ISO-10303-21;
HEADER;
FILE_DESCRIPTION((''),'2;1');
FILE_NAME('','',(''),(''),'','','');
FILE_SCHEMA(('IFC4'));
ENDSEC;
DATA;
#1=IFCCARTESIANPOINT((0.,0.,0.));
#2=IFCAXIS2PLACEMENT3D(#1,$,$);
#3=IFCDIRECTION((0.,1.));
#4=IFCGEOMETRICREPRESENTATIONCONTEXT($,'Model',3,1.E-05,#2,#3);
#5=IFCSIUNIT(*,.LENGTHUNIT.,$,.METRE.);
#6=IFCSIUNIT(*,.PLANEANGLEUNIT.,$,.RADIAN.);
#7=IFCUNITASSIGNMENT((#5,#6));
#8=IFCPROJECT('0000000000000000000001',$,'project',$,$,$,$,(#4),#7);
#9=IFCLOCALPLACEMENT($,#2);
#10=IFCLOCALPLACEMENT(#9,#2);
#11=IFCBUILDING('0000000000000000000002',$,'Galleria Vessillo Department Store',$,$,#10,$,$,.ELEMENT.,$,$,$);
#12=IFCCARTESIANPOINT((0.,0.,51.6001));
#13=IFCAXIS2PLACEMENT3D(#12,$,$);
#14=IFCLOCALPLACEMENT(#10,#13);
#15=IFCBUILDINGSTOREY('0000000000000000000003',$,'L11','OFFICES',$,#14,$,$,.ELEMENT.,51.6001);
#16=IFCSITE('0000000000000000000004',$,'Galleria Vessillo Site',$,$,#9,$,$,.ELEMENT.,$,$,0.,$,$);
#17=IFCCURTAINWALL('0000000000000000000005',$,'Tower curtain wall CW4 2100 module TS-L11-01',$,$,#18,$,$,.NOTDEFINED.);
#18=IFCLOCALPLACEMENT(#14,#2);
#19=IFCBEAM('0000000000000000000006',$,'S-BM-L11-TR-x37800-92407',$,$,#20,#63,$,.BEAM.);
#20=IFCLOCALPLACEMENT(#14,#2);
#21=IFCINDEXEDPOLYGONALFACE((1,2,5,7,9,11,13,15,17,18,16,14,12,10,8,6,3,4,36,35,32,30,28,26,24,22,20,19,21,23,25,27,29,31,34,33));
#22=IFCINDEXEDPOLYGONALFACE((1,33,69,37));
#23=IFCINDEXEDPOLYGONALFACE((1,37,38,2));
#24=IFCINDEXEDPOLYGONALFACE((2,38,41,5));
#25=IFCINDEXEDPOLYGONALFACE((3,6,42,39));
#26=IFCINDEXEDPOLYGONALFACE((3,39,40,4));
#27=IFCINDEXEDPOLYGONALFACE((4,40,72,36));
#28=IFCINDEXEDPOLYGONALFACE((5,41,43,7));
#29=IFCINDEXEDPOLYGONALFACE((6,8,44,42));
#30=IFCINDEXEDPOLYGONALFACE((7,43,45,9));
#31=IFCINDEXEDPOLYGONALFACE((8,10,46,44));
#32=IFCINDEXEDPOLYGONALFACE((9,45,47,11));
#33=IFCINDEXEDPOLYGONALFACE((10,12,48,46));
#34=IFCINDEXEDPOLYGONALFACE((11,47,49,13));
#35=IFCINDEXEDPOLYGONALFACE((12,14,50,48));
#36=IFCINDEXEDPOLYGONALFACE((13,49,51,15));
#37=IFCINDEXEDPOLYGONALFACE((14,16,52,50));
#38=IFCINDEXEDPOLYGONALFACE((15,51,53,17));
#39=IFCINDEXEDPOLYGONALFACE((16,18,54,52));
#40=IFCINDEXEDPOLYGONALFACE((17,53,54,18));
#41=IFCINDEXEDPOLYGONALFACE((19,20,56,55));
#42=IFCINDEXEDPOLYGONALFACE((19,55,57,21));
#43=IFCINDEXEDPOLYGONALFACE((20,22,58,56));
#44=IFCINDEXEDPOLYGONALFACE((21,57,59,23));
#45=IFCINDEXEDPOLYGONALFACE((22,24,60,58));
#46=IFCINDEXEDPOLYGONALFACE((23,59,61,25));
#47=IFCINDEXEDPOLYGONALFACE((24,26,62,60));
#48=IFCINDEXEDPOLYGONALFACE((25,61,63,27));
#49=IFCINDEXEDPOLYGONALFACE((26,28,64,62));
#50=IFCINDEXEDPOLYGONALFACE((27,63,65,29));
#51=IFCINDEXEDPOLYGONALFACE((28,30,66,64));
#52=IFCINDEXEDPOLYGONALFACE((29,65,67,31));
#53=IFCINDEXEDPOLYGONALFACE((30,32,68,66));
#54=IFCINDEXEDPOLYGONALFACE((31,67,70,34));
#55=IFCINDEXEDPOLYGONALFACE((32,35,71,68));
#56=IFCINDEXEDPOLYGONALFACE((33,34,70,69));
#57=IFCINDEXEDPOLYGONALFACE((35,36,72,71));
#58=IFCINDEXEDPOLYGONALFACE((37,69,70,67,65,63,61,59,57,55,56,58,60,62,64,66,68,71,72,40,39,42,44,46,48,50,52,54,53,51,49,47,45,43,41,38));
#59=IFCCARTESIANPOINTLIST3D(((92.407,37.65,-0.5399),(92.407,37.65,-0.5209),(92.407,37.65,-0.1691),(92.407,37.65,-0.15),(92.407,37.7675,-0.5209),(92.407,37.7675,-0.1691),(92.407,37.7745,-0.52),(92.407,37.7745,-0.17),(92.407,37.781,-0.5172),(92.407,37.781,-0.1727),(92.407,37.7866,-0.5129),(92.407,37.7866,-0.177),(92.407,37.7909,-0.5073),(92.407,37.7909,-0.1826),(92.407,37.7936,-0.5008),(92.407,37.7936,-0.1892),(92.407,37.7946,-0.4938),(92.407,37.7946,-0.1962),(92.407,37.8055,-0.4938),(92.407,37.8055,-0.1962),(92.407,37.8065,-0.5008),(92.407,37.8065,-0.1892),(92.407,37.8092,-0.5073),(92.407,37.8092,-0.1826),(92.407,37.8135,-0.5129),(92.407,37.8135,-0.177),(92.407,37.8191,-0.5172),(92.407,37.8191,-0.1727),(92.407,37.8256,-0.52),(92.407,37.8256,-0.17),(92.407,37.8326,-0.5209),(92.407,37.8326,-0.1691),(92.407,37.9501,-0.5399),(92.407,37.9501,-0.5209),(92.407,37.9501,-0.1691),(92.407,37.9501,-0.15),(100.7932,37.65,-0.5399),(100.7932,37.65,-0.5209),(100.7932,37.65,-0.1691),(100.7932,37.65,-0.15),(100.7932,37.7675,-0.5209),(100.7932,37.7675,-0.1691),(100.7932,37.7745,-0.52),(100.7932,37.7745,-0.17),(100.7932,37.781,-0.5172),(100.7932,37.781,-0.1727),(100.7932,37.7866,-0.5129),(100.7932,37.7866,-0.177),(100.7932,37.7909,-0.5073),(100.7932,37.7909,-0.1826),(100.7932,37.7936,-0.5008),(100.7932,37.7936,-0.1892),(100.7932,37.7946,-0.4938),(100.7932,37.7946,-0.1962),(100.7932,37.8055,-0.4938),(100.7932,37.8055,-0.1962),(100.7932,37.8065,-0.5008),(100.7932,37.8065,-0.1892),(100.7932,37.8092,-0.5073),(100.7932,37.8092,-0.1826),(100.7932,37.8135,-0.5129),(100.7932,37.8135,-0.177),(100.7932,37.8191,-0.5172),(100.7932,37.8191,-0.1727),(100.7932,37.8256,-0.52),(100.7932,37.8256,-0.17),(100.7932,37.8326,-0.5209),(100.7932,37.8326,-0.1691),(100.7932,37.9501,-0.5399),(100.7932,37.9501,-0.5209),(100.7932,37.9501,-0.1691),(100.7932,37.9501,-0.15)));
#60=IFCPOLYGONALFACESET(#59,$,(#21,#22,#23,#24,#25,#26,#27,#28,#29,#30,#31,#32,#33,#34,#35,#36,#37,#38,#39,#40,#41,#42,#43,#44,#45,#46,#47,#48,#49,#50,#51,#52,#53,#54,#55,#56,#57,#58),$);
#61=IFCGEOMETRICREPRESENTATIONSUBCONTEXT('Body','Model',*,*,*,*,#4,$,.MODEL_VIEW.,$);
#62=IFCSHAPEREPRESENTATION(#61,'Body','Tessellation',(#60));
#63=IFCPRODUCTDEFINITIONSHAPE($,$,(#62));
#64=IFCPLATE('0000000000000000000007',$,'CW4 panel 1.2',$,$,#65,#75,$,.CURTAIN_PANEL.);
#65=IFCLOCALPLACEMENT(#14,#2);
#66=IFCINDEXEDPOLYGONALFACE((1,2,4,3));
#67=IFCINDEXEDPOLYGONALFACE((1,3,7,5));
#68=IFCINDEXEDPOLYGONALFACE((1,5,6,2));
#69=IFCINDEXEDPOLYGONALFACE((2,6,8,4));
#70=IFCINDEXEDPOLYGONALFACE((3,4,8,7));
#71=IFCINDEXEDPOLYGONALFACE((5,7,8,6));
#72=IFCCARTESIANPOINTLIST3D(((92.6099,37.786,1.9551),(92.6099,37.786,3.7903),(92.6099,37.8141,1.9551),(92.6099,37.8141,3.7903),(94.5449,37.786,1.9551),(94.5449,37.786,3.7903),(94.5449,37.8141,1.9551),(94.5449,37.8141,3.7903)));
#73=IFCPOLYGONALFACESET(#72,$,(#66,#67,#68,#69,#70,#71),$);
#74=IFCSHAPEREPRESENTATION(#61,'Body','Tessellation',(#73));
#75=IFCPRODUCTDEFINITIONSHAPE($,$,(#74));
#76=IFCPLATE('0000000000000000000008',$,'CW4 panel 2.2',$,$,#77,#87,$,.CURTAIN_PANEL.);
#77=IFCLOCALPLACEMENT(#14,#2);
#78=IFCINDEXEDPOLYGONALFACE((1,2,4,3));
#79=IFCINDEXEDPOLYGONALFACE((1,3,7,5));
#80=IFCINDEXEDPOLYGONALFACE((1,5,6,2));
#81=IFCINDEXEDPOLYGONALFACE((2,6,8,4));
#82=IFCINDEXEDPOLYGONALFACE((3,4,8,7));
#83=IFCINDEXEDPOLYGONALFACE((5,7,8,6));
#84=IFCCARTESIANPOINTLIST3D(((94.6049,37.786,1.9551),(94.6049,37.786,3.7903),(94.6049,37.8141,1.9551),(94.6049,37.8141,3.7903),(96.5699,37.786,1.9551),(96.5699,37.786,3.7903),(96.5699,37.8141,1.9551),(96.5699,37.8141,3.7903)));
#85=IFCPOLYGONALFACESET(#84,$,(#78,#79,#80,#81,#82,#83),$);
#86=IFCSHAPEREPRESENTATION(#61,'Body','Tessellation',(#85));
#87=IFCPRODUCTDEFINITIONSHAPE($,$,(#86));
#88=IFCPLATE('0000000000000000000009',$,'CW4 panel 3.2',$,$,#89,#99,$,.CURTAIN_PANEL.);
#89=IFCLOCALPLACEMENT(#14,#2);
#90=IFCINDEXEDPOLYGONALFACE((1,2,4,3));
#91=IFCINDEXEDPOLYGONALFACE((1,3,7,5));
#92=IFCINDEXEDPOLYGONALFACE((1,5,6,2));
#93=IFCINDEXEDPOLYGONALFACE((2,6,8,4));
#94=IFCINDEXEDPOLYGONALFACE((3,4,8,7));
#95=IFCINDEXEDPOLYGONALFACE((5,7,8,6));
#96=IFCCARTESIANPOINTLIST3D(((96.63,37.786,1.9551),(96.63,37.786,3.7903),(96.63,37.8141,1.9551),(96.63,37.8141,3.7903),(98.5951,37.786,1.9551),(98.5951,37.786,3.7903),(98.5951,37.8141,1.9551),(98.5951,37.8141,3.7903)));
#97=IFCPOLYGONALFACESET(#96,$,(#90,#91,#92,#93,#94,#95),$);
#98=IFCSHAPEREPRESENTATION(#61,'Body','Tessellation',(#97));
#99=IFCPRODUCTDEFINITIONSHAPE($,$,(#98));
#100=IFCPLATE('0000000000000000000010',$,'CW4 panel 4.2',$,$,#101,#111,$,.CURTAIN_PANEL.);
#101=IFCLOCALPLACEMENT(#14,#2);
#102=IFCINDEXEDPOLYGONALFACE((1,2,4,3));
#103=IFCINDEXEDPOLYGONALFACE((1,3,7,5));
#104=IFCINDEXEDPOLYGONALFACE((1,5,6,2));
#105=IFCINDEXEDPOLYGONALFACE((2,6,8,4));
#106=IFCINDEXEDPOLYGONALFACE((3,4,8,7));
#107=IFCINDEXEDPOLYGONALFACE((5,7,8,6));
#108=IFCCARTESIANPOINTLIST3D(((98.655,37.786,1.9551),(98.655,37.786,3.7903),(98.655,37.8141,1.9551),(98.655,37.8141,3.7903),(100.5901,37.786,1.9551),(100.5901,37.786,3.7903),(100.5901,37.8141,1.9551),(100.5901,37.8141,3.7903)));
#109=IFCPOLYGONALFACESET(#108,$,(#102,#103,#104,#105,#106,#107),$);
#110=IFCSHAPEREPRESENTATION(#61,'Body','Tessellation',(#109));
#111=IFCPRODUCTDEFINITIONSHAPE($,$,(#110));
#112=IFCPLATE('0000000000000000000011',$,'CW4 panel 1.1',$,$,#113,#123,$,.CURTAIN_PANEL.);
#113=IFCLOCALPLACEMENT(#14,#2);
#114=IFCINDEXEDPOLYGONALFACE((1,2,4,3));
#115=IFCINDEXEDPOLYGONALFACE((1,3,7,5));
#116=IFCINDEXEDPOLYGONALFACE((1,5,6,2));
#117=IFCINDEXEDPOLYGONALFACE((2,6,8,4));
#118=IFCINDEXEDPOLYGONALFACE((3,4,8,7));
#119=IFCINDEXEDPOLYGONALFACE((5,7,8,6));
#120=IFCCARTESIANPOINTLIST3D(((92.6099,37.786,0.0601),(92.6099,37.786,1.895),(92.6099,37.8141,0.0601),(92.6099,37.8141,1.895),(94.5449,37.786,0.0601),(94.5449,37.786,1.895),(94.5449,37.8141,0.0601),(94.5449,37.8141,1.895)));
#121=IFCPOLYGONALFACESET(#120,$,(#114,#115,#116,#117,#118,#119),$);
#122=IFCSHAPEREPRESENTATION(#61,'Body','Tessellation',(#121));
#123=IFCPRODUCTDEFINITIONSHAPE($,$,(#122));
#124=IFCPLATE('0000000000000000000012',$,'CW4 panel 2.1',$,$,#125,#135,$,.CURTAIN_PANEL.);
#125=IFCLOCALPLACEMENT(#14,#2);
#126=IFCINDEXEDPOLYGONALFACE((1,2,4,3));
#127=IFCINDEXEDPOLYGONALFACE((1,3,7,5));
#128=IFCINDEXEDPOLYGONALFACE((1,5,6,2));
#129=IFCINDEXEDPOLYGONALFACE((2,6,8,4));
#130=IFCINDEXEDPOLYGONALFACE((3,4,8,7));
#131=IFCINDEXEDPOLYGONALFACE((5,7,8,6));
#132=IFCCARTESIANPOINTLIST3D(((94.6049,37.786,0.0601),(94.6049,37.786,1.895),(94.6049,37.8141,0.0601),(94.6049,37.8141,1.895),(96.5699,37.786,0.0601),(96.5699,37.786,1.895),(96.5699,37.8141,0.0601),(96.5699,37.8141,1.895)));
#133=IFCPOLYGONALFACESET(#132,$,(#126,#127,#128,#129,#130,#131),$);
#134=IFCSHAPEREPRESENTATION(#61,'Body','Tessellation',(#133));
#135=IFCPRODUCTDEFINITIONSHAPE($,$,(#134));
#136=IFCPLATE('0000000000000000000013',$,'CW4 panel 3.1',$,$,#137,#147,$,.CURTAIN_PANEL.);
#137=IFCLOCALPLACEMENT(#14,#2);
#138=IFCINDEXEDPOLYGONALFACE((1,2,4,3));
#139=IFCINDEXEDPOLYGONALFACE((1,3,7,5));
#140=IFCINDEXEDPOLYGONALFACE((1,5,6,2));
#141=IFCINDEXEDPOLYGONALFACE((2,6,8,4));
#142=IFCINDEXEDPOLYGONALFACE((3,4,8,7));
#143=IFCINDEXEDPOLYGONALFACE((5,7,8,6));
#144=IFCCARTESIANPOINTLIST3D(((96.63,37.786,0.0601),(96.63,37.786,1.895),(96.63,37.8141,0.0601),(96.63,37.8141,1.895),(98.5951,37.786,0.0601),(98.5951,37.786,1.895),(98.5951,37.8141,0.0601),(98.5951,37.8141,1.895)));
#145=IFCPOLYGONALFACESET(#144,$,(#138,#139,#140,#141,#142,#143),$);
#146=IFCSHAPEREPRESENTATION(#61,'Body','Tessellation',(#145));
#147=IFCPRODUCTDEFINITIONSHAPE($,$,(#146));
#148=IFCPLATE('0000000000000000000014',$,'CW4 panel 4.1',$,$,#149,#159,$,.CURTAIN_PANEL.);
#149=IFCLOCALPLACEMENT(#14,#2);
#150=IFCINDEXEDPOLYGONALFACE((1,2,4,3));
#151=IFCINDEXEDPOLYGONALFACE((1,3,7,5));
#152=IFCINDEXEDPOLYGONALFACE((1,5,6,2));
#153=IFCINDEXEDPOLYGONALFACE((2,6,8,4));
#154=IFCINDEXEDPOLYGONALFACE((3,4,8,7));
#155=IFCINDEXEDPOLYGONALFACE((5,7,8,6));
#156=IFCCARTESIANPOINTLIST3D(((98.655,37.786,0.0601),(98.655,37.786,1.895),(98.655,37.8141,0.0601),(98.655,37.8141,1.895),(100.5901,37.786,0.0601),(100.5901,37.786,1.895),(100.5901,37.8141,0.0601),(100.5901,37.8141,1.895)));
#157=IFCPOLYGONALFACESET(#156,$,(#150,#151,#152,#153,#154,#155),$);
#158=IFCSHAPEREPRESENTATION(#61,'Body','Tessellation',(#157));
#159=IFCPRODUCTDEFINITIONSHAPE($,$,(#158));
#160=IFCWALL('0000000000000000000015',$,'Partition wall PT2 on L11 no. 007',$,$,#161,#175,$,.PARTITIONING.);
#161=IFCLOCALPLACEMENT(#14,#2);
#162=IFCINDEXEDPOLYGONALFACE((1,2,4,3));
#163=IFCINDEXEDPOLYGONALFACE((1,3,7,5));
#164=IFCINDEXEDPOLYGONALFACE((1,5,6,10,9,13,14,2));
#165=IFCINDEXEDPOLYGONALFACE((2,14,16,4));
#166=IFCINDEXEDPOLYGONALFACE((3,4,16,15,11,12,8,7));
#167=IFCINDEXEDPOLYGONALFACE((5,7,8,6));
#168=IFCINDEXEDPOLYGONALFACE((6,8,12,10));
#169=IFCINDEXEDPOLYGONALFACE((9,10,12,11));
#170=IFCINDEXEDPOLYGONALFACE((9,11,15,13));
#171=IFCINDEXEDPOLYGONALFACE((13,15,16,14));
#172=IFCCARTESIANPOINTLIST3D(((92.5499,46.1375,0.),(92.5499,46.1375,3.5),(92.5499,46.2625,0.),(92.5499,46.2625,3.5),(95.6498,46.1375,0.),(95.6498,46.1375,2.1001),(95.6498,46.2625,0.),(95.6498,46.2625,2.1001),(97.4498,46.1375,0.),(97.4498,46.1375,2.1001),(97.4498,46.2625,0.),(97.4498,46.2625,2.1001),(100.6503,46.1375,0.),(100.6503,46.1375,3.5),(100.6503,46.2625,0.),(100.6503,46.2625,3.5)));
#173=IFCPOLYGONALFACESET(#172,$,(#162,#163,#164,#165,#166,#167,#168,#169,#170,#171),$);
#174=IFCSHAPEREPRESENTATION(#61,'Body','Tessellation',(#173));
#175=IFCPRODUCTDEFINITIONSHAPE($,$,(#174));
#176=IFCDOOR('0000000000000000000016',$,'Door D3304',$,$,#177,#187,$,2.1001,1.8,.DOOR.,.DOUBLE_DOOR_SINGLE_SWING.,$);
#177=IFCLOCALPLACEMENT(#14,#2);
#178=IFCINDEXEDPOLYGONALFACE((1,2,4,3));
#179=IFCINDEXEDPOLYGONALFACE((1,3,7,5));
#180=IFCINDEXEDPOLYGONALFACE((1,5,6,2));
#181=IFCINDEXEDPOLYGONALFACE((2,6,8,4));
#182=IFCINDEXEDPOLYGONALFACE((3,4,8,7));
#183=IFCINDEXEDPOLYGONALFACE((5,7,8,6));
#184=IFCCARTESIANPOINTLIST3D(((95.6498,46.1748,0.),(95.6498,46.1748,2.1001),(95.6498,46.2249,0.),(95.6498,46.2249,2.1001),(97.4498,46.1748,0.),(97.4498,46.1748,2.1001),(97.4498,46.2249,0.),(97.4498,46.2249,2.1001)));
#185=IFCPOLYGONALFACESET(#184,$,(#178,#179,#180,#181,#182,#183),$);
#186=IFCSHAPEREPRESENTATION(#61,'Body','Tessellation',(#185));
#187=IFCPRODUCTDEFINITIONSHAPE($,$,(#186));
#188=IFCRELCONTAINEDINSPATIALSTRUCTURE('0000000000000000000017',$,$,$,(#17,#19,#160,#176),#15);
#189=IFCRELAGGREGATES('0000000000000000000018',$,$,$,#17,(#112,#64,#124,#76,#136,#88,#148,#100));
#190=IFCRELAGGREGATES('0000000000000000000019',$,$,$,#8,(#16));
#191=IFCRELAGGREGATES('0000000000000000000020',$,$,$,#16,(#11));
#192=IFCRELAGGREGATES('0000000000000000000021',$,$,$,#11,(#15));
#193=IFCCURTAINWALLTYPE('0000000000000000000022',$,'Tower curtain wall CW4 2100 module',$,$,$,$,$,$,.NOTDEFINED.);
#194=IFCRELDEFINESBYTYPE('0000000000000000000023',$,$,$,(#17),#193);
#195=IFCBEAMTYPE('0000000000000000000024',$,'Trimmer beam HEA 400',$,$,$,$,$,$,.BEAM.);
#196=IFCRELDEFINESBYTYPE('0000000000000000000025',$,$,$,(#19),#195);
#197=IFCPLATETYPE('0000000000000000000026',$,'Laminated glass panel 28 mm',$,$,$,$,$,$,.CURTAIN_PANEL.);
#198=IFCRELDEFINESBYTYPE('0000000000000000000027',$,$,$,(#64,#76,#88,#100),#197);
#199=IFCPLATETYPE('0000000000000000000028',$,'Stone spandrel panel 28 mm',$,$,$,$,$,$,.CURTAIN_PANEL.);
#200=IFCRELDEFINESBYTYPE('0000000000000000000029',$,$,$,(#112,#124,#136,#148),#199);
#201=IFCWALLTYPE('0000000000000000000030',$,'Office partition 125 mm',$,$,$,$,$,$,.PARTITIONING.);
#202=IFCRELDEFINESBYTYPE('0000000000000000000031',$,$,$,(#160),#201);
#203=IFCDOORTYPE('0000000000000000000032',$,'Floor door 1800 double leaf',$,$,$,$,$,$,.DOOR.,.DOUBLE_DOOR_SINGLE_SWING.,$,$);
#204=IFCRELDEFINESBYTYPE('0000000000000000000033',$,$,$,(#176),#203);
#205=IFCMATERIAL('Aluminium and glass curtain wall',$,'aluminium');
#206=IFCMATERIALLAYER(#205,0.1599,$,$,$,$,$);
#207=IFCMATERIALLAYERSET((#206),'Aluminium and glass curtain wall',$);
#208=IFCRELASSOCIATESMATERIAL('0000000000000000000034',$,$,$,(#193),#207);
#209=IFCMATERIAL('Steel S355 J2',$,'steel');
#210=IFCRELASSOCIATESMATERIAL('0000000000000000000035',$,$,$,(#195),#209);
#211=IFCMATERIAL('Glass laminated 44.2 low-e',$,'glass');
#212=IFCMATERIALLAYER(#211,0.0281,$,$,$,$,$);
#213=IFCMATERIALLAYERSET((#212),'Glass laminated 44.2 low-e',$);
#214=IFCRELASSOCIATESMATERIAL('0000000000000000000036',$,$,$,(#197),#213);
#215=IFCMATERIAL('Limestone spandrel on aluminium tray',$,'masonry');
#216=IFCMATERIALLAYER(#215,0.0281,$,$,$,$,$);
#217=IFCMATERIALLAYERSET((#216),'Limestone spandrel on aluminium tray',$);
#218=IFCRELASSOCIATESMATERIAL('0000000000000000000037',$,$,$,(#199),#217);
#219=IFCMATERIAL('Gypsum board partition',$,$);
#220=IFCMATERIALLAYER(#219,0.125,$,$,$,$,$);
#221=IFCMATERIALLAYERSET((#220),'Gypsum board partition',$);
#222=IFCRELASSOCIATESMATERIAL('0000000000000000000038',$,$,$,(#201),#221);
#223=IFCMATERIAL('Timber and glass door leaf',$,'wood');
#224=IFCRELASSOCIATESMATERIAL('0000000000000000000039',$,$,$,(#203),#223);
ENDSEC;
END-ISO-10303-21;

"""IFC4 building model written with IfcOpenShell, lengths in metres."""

from ifc_helpers import new_model, si_unit, direction, frame, frame_2d, origin, origin_2d, place, context, subcontext, project, spatial, rectangle, i_section, extrude, material, layer, layer_set, material_profile, profile_set, type_object, element, fill, aggregate, save


model = new_model("IFC4")

# Units and contexts
model_context = context("Model", 3, precision=1e-05, world=origin(), true_north=direction((0.0, 1.0)))
body_context = subcontext(model_context, "Body", "Model", "MODEL_VIEW")
ifc_project = project(units=[si_unit("LENGTHUNIT", "METRE"), si_unit("PLANEANGLEUNIT", "RADIAN")], contexts=[model_context])

# Site, building, storey
site_placement = place(None, origin())
site = spatial("IfcSite", under=ifc_project, at=site_placement, Name="Galleria Vessillo Site", CompositionType="ELEMENT", RefElevation=0.0)
building_placement = place(site_placement, origin())
building = spatial("IfcBuilding", under=site, at=building_placement, Name="Galleria Vessillo Department Store", CompositionType="ELEMENT")
storey_placement = place(building_placement, frame((0.0, 0.0, 51.6001)))
storey = spatial("IfcBuildingStorey", under=building, at=storey_placement, Name="L11", Description="OFFICES", CompositionType="ELEMENT", Elevation=51.6001)

# Curtain wall
ifc_material_1 = material(Name="Aluminium and glass curtain wall", Category="aluminium")
ifc_layer_1 = layer(ifc_material_1, 0.1599)
ifc_layer_set_1 = layer_set([ifc_layer_1], Name="Aluminium and glass curtain wall")
curtain_wall_type = type_object("IfcCurtainWallType", Name="Tower curtain wall CW4 2100 module", PredefinedType="NOTDEFINED", material=ifc_layer_set_1)
curtain_wall_placement = place(storey_placement, origin())
curtain_wall = element("IfcCurtainWall", 1, at=curtain_wall_placement, inside=storey, type_object=curtain_wall_type, Name="Tower curtain wall CW4 2100 module TS-L11-01", PredefinedType="NOTDEFINED")

# Beam
ifc_material_2 = material(Name="Steel S355 J2", Category="steel")
ifc_material_profile_1 = material_profile(ifc_material_2, i_section(OverallWidth=0.3, OverallDepth=0.3899, WebThickness=0.011, FlangeThickness=0.019, FilletRadius=0.0271, at=origin_2d()), Name="HEA 400")
ifc_profile_set_1 = profile_set([ifc_material_profile_1], Name="Steel S355 J2")
beam_type_1 = type_object("IfcBeamType", Name="Trimmer beam HEA 400", PredefinedType="BEAM", material=ifc_profile_set_1)
beam_1_placement = place(storey_placement, frame((92.407, 37.8, -0.345), z_axis=(1.0, 0.0, 0.0), x_axis=(0.0, 1.0, 0.0)))
element("IfcBeam", 2, at=beam_1_placement, inside=storey, type_object=beam_type_1, Name="S-BM-L11-TR-x37800-92407", PredefinedType="BEAM", context=body_context, shape_type="SweptSolid", body=[
    extrude(i_section(OverallWidth=0.3, OverallDepth=0.3899, WebThickness=0.011, FlangeThickness=0.019, FilletRadius=0.0271, at=origin_2d()), origin(), (0.0, 0.0, 1.0), 8.3862),
])

# Plates
ifc_material_3 = material(Name="Glass laminated 44.2 low-e", Category="glass")
ifc_layer_2 = layer(ifc_material_3, 0.0281)
ifc_layer_set_2 = layer_set([ifc_layer_2], Name="Glass laminated 44.2 low-e")
plate_type_1 = type_object("IfcPlateType", Name="Laminated glass panel 28 mm", PredefinedType="CURTAIN_PANEL", material=ifc_layer_set_2)
plate_1_placement = place(storey_placement, frame((93.5774, 37.8, 1.9551), z_axis=(0.0, 0.0, 1.0), x_axis=(1.0, 0.0, 0.0)))
plate_1 = element("IfcPlate", 3, at=plate_1_placement, type_object=plate_type_1, Name="CW4 panel 1.2", PredefinedType="CURTAIN_PANEL", context=body_context, shape_type="SweptSolid", body=[
    extrude(rectangle(XDim=1.9351, YDim=0.0281, at=origin_2d()), origin(), (0.0, 0.0, 1.0), 1.8352),
])
plate_2_placement = place(storey_placement, frame((95.5874, 37.8, 1.9551), z_axis=(0.0, 0.0, 1.0), x_axis=(1.0, 0.0, 0.0)))
plate_2 = element("IfcPlate", 4, at=plate_2_placement, type_object=plate_type_1, Name="CW4 panel 2.2", PredefinedType="CURTAIN_PANEL", context=body_context, shape_type="SweptSolid", body=[
    extrude(rectangle(XDim=1.9651, YDim=0.0281, at=origin_2d()), origin(), (0.0, 0.0, 1.0), 1.8352),
])
plate_3_placement = place(storey_placement, frame((97.6125, 37.8, 1.9551), z_axis=(0.0, 0.0, 1.0), x_axis=(1.0, 0.0, 0.0)))
plate_3 = element("IfcPlate", 5, at=plate_3_placement, type_object=plate_type_1, Name="CW4 panel 3.2", PredefinedType="CURTAIN_PANEL", context=body_context, shape_type="SweptSolid", body=[
    extrude(rectangle(XDim=1.9651, YDim=0.0281, at=origin_2d()), origin(), (0.0, 0.0, 1.0), 1.8352),
])
plate_4_placement = place(storey_placement, frame((99.6226, 37.8, 1.9551), z_axis=(0.0, 0.0, 1.0), x_axis=(1.0, 0.0, 0.0)))
plate_4 = element("IfcPlate", 6, at=plate_4_placement, type_object=plate_type_1, Name="CW4 panel 4.2", PredefinedType="CURTAIN_PANEL", context=body_context, shape_type="SweptSolid", body=[
    extrude(rectangle(XDim=1.9351, YDim=0.0281, at=origin_2d()), origin(), (0.0, 0.0, 1.0), 1.8352),
])
ifc_material_4 = material(Name="Limestone spandrel on aluminium tray", Category="masonry")
ifc_layer_3 = layer(ifc_material_4, 0.0281)
ifc_layer_set_3 = layer_set([ifc_layer_3], Name="Limestone spandrel on aluminium tray")
plate_type_2 = type_object("IfcPlateType", Name="Stone spandrel panel 28 mm", PredefinedType="CURTAIN_PANEL", material=ifc_layer_set_3)
plate_5_placement = place(storey_placement, frame((93.5774, 37.8, 0.0601), z_axis=(0.0, 0.0, 1.0), x_axis=(1.0, 0.0, 0.0)))
plate_5 = element("IfcPlate", 7, at=plate_5_placement, type_object=plate_type_2, Name="CW4 panel 1.1", PredefinedType="CURTAIN_PANEL", context=body_context, shape_type="SweptSolid", body=[
    extrude(rectangle(XDim=1.9351, YDim=0.0281, at=origin_2d()), origin(), (0.0, 0.0, 1.0), 1.835),
])
plate_6_placement = place(storey_placement, frame((95.5874, 37.8, 0.0601), z_axis=(0.0, 0.0, 1.0), x_axis=(1.0, 0.0, 0.0)))
plate_6 = element("IfcPlate", 8, at=plate_6_placement, type_object=plate_type_2, Name="CW4 panel 2.1", PredefinedType="CURTAIN_PANEL", context=body_context, shape_type="SweptSolid", body=[
    extrude(rectangle(XDim=1.9651, YDim=0.0281, at=origin_2d()), origin(), (0.0, 0.0, 1.0), 1.835),
])
plate_7_placement = place(storey_placement, frame((97.6125, 37.8, 0.0601), z_axis=(0.0, 0.0, 1.0), x_axis=(1.0, 0.0, 0.0)))
plate_7 = element("IfcPlate", 9, at=plate_7_placement, type_object=plate_type_2, Name="CW4 panel 3.1", PredefinedType="CURTAIN_PANEL", context=body_context, shape_type="SweptSolid", body=[
    extrude(rectangle(XDim=1.9651, YDim=0.0281, at=origin_2d()), origin(), (0.0, 0.0, 1.0), 1.835),
])
plate_8_placement = place(storey_placement, frame((99.6226, 37.8, 0.0601), z_axis=(0.0, 0.0, 1.0), x_axis=(1.0, 0.0, 0.0)))
plate_8 = element("IfcPlate", 10, at=plate_8_placement, type_object=plate_type_2, Name="CW4 panel 4.1", PredefinedType="CURTAIN_PANEL", context=body_context, shape_type="SweptSolid", body=[
    extrude(rectangle(XDim=1.9351, YDim=0.0281, at=origin_2d()), origin(), (0.0, 0.0, 1.0), 1.835),
])
aggregate(curtain_wall, [plate_5, plate_1, plate_6, plate_2, plate_7, plate_3, plate_8, plate_4])

# Wall, opening, door
ifc_material_5 = material(Name="Gypsum board partition")
ifc_layer_4 = layer(ifc_material_5, 0.125)
ifc_layer_set_4 = layer_set([ifc_layer_4], Name="Gypsum board partition")
wall_type_1 = type_object("IfcWallType", Name="Office partition 125 mm", PredefinedType="PARTITIONING", material=ifc_layer_set_4)
wall_1_placement = place(storey_placement, frame((92.5498, 46.2, 0.0), z_axis=(0.0, 0.0, 1.0), x_axis=(1.0, 0.0, 0.0)))
wall_1 = element("IfcWall", 11, at=wall_1_placement, inside=storey, type_object=wall_type_1, Name="Partition wall PT2 on L11 no. 007", PredefinedType="PARTITIONING", context=body_context, shape_type="SweptSolid", body=[
    extrude(rectangle(XDim=8.1003, YDim=0.125, at=frame_2d((4.0503, 0.0))), origin(), (0.0, 0.0, 1.0), 3.5),
])
opening_placement = place(wall_1_placement, frame((3.1001, 0.0, 0.0)))
opening = element("IfcOpeningElement", 12, at=opening_placement, cuts=wall_1, PredefinedType="OPENING", context=body_context, shape_type="SweptSolid", body=[
    extrude(rectangle(XDim=1.8, YDim=2.1001, at=frame_2d((0.8999, 1.05))), frame((0.0, 0.0725, 0.0), z_axis=(0.0, -1.0, 0.0), x_axis=(1.0, 0.0, 0.0)), (0.0, 0.0, 1.0), 0.145),
])
ifc_material_6 = material(Name="Timber and glass door leaf", Category="wood")
door_type = type_object("IfcDoorType", Name="Floor door 1800 double leaf", OperationType="DOUBLE_DOOR_SINGLE_SWING", PredefinedType="DOOR", material=ifc_material_6)
door_placement = place(opening_placement, origin())
door = element("IfcDoor", 13, at=door_placement, inside=storey, type_object=door_type, Name="Door D3304", OperationType="DOUBLE_DOOR_SINGLE_SWING", OverallHeight=2.1001, OverallWidth=1.8, PredefinedType="DOOR", context=body_context, shape_type="SweptSolid", body=[
    extrude(rectangle(XDim=1.8, YDim=2.1001, at=frame_2d((0.8999, 1.05))), frame((0.0, 0.0249, 0.0), z_axis=(0.0, -1.0, 0.0), x_axis=(1.0, 0.0, 0.0)), (0.0, 0.0, 1.0), 0.05),
])
fill(opening, door)

save(model, "model.ifc")
